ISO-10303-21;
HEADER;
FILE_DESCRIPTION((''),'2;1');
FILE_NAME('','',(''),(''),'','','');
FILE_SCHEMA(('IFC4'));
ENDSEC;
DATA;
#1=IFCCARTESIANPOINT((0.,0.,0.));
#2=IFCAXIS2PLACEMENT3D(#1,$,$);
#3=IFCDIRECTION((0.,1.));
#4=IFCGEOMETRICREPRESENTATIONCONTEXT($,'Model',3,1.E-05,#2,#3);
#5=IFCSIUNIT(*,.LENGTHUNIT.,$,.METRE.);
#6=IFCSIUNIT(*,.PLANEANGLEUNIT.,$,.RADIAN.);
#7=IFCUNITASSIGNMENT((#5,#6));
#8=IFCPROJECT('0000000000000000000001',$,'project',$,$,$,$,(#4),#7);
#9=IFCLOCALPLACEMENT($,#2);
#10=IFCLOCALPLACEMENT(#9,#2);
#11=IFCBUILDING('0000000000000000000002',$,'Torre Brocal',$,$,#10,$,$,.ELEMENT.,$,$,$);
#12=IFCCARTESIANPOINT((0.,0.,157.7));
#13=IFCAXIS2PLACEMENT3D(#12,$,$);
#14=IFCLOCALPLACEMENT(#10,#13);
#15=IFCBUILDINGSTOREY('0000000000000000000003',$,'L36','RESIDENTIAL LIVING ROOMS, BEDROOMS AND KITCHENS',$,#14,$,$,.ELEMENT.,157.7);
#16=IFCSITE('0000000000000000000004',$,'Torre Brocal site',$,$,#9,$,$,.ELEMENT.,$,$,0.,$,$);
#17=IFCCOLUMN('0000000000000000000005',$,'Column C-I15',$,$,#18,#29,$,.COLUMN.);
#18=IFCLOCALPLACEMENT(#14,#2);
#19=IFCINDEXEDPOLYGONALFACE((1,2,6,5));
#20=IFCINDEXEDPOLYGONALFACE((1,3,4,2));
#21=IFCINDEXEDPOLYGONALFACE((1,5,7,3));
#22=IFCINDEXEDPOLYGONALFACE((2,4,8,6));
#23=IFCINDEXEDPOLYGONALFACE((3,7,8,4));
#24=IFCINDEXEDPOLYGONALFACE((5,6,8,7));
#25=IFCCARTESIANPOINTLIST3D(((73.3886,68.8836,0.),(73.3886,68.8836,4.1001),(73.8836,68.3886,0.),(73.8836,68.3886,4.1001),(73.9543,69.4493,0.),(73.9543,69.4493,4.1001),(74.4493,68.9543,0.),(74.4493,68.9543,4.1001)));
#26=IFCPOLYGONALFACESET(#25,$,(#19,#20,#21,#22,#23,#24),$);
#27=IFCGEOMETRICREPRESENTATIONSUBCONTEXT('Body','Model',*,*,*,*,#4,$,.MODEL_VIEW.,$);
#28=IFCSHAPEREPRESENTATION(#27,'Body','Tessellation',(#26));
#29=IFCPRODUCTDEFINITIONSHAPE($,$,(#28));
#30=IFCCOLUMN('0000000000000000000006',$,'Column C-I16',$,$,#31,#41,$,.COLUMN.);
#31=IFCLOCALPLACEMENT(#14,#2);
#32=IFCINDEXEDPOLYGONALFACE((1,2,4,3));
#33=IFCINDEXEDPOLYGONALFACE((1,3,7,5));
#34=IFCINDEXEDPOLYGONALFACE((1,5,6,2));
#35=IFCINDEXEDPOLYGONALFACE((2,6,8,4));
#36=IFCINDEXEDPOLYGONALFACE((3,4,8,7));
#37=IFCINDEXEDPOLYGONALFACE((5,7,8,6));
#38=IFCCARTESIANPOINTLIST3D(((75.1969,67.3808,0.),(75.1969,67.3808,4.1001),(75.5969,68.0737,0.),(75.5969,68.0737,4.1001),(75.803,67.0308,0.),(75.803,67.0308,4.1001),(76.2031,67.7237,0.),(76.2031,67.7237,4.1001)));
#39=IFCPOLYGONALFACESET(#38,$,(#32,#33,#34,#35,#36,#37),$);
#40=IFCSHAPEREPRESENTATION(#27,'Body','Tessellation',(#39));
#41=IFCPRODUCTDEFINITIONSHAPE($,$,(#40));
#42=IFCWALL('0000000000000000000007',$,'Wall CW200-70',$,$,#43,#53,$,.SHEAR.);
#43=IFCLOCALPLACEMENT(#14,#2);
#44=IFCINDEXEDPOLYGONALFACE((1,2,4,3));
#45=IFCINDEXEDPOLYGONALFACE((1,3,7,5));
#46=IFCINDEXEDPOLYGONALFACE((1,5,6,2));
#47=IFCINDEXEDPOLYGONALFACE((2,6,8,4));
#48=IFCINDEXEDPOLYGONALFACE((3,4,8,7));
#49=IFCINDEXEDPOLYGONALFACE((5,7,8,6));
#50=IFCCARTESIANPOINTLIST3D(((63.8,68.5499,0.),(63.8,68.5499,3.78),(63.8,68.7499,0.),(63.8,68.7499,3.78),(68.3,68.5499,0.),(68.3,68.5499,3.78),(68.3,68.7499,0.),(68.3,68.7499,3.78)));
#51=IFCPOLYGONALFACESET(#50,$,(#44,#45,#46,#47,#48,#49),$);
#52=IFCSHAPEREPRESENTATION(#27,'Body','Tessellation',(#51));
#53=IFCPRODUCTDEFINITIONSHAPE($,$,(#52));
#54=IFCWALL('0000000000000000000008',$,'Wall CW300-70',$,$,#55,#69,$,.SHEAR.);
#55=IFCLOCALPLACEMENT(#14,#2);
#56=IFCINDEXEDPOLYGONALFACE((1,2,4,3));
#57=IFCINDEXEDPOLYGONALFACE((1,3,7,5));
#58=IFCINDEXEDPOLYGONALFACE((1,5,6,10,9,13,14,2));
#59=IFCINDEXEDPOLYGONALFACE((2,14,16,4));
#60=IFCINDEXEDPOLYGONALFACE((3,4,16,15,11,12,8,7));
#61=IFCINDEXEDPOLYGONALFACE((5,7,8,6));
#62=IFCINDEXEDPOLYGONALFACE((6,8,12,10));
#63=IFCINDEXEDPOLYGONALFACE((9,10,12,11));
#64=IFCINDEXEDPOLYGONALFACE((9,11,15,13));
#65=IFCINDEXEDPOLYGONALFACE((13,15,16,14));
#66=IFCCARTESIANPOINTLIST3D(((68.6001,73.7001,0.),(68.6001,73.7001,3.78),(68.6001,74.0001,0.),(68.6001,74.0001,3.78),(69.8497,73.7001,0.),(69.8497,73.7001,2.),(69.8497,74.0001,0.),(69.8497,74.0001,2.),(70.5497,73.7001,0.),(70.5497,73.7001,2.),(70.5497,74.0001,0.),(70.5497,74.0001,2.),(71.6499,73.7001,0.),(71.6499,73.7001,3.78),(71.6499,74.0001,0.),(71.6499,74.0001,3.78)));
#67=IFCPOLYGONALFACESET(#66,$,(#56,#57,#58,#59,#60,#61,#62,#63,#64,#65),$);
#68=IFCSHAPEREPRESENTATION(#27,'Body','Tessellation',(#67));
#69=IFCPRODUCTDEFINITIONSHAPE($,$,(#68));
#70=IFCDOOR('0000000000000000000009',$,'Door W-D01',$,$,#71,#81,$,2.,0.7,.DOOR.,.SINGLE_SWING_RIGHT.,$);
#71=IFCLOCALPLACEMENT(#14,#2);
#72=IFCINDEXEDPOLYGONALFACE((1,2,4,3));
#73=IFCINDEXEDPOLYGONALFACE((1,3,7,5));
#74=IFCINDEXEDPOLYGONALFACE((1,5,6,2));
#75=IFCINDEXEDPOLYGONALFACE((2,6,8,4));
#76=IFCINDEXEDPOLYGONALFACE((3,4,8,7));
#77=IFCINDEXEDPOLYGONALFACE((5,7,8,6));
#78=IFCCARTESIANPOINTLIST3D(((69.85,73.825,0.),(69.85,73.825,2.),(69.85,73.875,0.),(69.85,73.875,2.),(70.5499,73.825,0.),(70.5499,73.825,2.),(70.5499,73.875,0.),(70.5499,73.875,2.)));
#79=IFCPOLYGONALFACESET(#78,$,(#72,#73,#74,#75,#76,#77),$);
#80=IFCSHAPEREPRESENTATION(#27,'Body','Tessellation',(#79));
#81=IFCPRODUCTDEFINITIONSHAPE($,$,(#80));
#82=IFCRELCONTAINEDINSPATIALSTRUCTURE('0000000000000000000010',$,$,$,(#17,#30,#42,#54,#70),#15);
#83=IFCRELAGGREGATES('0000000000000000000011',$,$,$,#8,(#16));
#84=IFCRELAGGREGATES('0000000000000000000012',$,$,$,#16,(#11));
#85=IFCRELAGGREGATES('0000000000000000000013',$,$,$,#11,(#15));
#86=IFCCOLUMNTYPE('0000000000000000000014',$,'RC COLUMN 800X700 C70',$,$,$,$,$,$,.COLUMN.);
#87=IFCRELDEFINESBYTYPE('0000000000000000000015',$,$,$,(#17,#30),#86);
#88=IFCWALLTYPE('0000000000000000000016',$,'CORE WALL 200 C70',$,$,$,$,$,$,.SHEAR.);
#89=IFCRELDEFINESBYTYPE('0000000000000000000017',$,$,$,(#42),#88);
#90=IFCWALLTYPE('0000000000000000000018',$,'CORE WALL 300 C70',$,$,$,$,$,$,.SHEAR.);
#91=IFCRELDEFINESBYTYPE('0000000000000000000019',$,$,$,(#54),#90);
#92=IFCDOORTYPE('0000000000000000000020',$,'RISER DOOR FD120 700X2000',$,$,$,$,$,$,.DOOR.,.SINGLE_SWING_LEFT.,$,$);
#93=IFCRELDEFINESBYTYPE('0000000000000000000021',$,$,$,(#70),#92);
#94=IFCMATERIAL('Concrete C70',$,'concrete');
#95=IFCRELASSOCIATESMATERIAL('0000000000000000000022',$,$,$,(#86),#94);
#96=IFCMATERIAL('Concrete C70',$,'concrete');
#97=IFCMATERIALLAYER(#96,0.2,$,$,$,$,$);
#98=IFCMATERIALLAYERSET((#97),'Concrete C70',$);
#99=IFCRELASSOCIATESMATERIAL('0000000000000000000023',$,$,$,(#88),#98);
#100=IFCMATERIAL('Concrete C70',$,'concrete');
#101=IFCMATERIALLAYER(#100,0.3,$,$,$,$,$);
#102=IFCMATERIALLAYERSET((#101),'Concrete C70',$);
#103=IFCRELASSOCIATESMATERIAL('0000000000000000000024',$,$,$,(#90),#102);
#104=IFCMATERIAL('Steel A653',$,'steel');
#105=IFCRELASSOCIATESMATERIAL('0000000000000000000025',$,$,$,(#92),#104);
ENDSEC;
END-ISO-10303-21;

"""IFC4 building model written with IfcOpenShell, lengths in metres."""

from ifc_helpers import new_model, si_unit, direction, frame, frame_2d, origin, origin_2d, place, context, subcontext, project, spatial, rectangle, extrude, material, layer, layer_set, material_profile, profile_set, type_object, element, fill, save


model = new_model("IFC4")

# Units and contexts
model_context = context("Model", 3, precision=1e-05, world=origin(), true_north=direction((0.0, 1.0)))
body_context = subcontext(model_context, "Body", "Model", "MODEL_VIEW")
ifc_project = project(units=[si_unit("LENGTHUNIT", "METRE"), si_unit("PLANEANGLEUNIT", "RADIAN")], contexts=[model_context])

# Site, building, storey
site_placement = place(None, origin())
site = spatial("IfcSite", under=ifc_project, at=site_placement, Name="Torre Brocal site", CompositionType="ELEMENT", RefElevation=0.0)
building_placement = place(site_placement, origin())
building = spatial("IfcBuilding", under=site, at=building_placement, Name="Torre Brocal", CompositionType="ELEMENT")
storey_placement = place(building_placement, frame((0.0, 0.0, 157.7)))
storey = spatial("IfcBuildingStorey", under=building, at=storey_placement, Name="L36", Description="RESIDENTIAL LIVING ROOMS, BEDROOMS AND KITCHENS", CompositionType="ELEMENT", Elevation=157.7)

# Columns
ifc_material_1 = material(Name="Concrete C70", Category="concrete")
ifc_material_profile = material_profile(ifc_material_1, rectangle(XDim=0.8, YDim=0.7, at=origin_2d()), Name="RC 800X700")
ifc_profile_set = profile_set([ifc_material_profile], Name="Concrete C70")
column_type = type_object("IfcColumnType", Name="RC COLUMN 800X700 C70", PredefinedType="COLUMN", material=ifc_profile_set)
for number, where, z_axis, x_axis, name in (
    (1, (73.9189, 68.9189, 0.0), (0.0, 0.0, 1.0), (-0.707107, -0.707107, 0.0), "Column C-I15"),
    (2, (75.7, 67.5522, 0.0), (0.0, 0.0, 1.0), (-0.5, -0.866025, 0.0), "Column C-I16"),
):
    element("IfcColumn", number, at=place(storey_placement, frame(where, z_axis=z_axis, x_axis=x_axis)), inside=storey, type_object=column_type, Name=name, PredefinedType="COLUMN", context=body_context, shape_type="SweptSolid", body=[
        extrude(rectangle(XDim=0.8, YDim=0.7, at=origin_2d()), origin(), (0.0, 0.0, 1.0), 4.1001),
    ])

# Wall
ifc_material_2 = material(Name="Concrete C70", Category="concrete")
ifc_layer_1 = layer(ifc_material_2, 0.2)
ifc_layer_set_1 = layer_set([ifc_layer_1], Name="Concrete C70")
wall_type_1 = type_object("IfcWallType", Name="CORE WALL 200 C70", PredefinedType="SHEAR", material=ifc_layer_set_1)
wall_1_placement = place(storey_placement, frame((68.3, 68.6499, 0.0), z_axis=(0.0, 0.0, 1.0), x_axis=(-1.0, 0.0, 0.0)))
element("IfcWall", 3, at=wall_1_placement, inside=storey, type_object=wall_type_1, Name="Wall CW200-70", PredefinedType="SHEAR", context=body_context, shape_type="SweptSolid", body=[
    extrude(rectangle(XDim=4.5, YDim=0.2, at=frame_2d((2.25, 0.0))), origin(), (0.0, 0.0, 1.0), 3.78),
])

# Wall, opening, door
ifc_material_3 = material(Name="Concrete C70", Category="concrete")
ifc_layer_2 = layer(ifc_material_3, 0.3)
ifc_layer_set_2 = layer_set([ifc_layer_2], Name="Concrete C70")
wall_type_2 = type_object("IfcWallType", Name="CORE WALL 300 C70", PredefinedType="SHEAR", material=ifc_layer_set_2)
wall_2_placement = place(storey_placement, frame((71.6499, 73.8501, 0.0), z_axis=(0.0, 0.0, 1.0), x_axis=(-1.0, 0.0, 0.0)))
wall_2 = element("IfcWall", 4, at=wall_2_placement, inside=storey, type_object=wall_type_2, Name="Wall CW300-70", PredefinedType="SHEAR", context=body_context, shape_type="SweptSolid", body=[
    extrude(rectangle(XDim=3.0498, YDim=0.3, at=frame_2d((1.5249, 0.0))), origin(), (0.0, 0.0, 1.0), 3.78),
])
opening_1_placement = place(wall_2_placement, frame((1.1001, 0.0, 0.0)))
opening_1 = element("IfcOpeningElement", 5, at=opening_1_placement, cuts=wall_2, PredefinedType="OPENING", context=body_context, shape_type="SweptSolid", body=[
    extrude(rectangle(XDim=0.7, YDim=2.0, at=frame_2d((0.3501, 1.0))), frame((0.0, 0.1599, 0.0), z_axis=(0.0, -1.0, 0.0), x_axis=(1.0, 0.0, 0.0)), (0.0, 0.0, 1.0), 0.3201),
])
ifc_material_4 = material(Name="Steel A653", Category="steel")
door_type_1 = type_object("IfcDoorType", Name="RISER DOOR FD120 700X2000", OperationType="SINGLE_SWING_LEFT", PredefinedType="DOOR", material=ifc_material_4)
door_1_placement = place(opening_1_placement, frame((0.7, 0.0, 0.0), z_axis=(0.0, 0.0, 1.0), x_axis=(-1.0, 0.0, 0.0)))
door_1 = element("IfcDoor", 6, at=door_1_placement, inside=storey, type_object=door_type_1, Name="Door W-D01", OperationType="SINGLE_SWING_RIGHT", OverallHeight=2.0, OverallWidth=0.7, PredefinedType="DOOR", context=body_context, shape_type="SweptSolid", body=[
    extrude(rectangle(XDim=0.7, YDim=2.0, at=frame_2d((0.3501, 1.0))), frame((0.0, 0.0249, 0.0), z_axis=(0.0, -1.0, 0.0), x_axis=(1.0, 0.0, 0.0)), (0.0, 0.0, 1.0), 0.05),
])
fill(opening_1, door_1)

save(model, "model.ifc")
